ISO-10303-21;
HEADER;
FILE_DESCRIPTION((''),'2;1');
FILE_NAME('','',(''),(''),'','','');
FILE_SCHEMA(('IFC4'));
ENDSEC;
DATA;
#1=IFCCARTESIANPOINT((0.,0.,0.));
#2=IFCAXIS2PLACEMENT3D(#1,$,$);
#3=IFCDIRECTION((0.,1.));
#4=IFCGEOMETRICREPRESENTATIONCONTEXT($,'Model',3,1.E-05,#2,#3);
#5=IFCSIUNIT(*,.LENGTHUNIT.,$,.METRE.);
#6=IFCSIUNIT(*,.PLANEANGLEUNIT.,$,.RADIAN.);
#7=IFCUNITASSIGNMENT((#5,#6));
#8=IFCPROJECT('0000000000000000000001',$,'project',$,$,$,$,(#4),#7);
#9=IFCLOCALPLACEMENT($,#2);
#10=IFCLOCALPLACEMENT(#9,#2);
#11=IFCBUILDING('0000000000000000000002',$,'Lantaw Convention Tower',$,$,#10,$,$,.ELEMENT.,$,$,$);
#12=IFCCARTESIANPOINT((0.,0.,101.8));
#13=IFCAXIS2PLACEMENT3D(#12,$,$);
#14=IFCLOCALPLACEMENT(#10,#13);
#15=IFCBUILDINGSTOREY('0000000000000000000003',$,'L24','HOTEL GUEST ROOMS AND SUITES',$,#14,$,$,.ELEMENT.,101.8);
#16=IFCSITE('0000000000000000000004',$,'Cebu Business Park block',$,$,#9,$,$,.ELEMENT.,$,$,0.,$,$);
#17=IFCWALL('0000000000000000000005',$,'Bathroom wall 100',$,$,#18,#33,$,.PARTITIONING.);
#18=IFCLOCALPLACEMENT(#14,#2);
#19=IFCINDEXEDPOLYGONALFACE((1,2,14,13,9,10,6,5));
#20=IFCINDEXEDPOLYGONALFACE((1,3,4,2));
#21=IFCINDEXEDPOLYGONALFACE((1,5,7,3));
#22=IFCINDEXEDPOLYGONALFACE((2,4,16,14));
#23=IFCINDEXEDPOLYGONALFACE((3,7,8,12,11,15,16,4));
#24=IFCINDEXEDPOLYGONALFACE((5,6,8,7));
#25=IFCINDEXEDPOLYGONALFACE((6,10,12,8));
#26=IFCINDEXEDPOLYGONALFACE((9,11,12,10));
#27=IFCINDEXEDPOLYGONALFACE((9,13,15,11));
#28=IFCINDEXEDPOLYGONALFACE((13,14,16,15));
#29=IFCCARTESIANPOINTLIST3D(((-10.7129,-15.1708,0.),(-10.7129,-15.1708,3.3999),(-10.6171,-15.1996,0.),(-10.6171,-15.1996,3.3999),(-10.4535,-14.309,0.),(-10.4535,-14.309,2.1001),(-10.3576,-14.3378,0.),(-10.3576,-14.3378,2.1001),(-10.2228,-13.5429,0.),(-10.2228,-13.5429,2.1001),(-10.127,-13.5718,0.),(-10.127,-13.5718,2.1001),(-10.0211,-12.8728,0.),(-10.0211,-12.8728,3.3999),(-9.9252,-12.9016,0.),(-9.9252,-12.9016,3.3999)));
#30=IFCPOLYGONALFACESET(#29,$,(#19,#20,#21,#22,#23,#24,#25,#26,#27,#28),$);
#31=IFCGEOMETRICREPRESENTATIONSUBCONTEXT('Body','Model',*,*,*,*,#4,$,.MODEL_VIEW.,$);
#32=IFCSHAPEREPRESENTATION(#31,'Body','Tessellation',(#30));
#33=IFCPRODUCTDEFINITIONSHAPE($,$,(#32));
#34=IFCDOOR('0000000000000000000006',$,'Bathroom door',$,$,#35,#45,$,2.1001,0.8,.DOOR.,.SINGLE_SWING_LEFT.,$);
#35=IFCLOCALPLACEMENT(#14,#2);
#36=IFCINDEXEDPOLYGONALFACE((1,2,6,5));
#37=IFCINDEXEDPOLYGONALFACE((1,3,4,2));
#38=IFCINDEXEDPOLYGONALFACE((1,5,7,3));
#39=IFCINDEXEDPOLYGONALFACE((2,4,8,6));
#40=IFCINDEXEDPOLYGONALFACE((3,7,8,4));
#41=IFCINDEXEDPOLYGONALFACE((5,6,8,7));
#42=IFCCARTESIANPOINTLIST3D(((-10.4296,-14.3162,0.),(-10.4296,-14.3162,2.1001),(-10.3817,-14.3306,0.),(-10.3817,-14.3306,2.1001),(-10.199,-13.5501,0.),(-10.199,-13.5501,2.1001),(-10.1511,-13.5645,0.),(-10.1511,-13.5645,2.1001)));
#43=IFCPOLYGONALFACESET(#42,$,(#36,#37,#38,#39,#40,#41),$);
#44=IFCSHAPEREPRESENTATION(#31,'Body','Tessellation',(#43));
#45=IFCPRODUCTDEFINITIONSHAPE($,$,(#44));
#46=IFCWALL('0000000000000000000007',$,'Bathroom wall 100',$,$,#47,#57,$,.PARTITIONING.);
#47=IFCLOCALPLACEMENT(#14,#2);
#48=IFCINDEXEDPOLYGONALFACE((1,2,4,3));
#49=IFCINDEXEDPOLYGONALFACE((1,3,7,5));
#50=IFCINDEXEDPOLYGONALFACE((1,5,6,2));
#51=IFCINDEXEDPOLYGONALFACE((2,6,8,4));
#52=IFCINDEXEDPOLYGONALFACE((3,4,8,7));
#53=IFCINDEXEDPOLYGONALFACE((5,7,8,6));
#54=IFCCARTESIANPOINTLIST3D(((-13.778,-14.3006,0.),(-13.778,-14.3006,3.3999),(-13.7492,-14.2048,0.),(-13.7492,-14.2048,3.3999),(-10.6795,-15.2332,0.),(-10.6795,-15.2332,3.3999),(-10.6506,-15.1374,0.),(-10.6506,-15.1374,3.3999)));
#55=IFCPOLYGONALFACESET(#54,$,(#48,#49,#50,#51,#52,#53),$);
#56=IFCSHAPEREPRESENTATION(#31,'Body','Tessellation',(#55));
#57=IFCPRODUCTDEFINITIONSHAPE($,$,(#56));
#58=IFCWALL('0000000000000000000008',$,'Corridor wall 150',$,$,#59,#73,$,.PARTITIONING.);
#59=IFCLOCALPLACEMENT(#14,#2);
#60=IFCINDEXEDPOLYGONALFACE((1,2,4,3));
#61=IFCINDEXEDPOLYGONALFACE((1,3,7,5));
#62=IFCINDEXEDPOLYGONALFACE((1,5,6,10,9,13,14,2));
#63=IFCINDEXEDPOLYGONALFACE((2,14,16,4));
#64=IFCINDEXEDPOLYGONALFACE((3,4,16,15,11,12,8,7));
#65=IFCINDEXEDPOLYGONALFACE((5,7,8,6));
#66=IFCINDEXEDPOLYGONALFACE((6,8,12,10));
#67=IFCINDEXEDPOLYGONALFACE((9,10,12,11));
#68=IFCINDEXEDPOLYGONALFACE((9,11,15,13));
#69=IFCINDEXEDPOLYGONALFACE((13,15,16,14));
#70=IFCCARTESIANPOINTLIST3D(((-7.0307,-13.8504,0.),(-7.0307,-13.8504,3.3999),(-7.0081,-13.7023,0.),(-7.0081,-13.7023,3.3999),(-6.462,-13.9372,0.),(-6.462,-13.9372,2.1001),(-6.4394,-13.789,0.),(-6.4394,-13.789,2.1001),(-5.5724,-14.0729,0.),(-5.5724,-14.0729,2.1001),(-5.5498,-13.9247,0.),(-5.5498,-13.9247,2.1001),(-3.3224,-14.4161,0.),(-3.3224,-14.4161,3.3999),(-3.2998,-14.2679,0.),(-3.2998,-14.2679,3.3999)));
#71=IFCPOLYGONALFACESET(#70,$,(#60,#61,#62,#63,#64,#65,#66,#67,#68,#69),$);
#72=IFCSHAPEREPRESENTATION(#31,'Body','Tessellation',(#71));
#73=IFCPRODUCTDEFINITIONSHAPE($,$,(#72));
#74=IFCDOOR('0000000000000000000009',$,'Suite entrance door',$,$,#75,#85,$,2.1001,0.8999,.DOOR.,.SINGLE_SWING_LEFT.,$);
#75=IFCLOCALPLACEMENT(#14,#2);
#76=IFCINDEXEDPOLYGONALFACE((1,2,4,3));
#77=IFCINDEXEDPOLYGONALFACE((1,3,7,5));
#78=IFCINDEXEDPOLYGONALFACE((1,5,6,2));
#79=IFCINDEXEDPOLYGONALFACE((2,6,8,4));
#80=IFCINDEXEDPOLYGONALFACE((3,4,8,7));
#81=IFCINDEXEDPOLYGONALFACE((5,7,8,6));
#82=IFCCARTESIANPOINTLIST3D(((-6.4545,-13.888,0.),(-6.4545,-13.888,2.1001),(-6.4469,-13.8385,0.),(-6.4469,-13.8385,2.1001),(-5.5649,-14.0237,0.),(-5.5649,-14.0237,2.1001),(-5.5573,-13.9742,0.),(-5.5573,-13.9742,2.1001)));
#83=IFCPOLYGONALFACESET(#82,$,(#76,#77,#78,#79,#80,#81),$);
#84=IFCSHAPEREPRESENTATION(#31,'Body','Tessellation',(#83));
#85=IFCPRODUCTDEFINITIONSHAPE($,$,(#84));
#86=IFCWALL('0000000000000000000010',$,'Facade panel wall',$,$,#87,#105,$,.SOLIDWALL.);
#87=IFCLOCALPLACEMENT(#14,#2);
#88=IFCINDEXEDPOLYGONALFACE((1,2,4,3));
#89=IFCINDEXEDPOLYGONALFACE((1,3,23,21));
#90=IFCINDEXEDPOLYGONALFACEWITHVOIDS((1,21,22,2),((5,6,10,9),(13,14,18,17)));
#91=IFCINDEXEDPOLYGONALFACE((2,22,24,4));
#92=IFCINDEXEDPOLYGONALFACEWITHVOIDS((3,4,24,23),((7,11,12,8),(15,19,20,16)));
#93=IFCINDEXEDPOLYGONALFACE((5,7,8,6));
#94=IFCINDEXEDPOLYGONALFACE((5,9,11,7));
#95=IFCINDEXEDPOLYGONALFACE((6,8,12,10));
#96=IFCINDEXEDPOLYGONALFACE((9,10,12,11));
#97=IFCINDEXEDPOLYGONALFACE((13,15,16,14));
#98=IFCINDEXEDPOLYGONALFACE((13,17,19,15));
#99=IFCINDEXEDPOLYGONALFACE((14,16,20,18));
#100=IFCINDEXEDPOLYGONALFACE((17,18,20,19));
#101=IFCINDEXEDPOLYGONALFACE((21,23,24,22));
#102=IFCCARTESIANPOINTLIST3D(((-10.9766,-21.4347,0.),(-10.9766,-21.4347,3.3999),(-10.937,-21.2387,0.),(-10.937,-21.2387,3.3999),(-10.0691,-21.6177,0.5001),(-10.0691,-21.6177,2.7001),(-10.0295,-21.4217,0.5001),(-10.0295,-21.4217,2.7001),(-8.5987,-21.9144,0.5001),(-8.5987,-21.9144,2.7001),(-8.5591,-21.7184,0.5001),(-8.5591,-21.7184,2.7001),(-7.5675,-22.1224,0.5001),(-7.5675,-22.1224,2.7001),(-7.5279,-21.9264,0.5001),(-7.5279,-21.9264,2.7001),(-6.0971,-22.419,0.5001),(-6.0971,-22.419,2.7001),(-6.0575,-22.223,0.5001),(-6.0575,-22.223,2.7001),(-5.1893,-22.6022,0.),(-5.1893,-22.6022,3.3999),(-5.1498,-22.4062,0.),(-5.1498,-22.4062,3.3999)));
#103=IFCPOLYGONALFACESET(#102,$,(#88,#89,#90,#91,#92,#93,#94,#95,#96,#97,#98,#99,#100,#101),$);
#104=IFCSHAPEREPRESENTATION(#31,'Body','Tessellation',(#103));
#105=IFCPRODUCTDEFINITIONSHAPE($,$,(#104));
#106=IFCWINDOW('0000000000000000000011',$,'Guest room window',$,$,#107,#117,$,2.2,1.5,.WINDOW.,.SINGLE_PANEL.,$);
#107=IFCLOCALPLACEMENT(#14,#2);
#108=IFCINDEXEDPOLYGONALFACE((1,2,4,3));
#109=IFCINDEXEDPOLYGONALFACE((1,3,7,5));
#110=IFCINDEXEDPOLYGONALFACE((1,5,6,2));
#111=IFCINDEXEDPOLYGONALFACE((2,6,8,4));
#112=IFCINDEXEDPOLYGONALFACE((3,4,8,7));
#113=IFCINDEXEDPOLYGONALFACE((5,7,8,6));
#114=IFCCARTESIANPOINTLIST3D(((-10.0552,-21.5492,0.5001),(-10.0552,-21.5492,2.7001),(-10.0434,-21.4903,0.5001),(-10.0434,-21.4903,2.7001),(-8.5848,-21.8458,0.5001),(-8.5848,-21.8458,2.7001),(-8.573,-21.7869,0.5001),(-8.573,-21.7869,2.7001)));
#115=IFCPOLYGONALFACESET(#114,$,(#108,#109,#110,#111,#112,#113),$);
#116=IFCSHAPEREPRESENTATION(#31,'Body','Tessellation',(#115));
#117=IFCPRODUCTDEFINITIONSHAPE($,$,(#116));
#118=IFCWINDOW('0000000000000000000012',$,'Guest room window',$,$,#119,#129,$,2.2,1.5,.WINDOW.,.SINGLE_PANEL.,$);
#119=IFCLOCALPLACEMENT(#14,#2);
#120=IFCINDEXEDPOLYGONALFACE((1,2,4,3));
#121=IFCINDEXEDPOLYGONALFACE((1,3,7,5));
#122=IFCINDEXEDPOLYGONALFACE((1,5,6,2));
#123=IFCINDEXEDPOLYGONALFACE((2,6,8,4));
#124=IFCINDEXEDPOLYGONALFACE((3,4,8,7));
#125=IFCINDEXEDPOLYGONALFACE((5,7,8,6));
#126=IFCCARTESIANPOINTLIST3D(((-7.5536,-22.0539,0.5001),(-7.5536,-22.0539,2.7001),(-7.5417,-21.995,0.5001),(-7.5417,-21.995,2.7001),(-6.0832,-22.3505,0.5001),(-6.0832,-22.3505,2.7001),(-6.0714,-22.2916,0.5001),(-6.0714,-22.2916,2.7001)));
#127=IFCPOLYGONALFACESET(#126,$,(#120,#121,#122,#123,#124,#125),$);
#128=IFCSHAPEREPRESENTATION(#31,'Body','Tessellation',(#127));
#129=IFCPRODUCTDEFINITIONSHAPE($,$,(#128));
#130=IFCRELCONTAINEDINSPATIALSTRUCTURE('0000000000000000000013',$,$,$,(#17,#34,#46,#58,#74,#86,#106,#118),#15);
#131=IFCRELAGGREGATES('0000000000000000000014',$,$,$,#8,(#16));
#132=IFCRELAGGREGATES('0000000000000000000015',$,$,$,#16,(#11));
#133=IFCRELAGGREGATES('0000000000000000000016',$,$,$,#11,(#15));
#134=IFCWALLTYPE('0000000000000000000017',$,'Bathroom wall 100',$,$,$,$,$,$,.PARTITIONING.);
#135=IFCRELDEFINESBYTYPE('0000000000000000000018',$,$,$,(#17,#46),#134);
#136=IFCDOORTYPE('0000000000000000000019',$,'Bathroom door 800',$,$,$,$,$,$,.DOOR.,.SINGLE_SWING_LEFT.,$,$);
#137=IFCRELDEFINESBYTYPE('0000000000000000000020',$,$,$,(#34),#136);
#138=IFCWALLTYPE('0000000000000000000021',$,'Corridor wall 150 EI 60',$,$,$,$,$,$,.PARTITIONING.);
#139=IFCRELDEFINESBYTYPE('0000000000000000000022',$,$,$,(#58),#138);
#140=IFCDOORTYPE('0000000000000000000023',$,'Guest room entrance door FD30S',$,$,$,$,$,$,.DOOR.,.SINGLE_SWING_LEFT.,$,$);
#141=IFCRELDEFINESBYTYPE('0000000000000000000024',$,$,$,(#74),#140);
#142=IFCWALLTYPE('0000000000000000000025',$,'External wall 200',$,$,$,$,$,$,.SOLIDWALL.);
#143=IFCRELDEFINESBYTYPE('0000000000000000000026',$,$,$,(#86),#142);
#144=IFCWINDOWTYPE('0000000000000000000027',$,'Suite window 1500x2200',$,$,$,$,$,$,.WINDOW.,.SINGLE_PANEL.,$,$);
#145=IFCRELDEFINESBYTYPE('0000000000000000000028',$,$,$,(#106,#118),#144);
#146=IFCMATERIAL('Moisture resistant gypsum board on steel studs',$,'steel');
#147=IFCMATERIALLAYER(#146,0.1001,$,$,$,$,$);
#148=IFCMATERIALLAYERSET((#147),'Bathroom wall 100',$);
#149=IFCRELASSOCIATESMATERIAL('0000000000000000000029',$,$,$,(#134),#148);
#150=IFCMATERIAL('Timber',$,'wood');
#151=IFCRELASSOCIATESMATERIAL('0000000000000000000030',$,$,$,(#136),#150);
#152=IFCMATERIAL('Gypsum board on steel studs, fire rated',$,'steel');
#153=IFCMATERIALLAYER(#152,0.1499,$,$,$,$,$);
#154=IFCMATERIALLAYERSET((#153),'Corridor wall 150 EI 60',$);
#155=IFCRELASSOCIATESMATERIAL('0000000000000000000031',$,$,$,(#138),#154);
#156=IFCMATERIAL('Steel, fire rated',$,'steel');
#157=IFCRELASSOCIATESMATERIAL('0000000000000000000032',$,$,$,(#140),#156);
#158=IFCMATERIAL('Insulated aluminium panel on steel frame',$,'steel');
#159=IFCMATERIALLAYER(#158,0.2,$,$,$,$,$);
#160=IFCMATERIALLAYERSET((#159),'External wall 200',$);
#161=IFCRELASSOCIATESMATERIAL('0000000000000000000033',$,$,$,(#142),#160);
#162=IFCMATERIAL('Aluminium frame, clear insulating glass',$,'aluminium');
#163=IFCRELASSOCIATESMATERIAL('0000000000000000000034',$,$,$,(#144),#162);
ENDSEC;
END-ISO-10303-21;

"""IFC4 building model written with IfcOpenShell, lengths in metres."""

from ifc_helpers import new_model, si_unit, direction, frame, frame_2d, origin, place, context, subcontext, project, spatial, rectangle, extrude, material, layer, layer_set, type_object, element, fill, save


model = new_model("IFC4")

# Units and contexts
model_context = context("Model", 3, precision=1e-05, world=origin(), true_north=direction((0.0, 1.0)))
body_context = subcontext(model_context, "Body", "Model", "MODEL_VIEW")
ifc_project = project(units=[si_unit("LENGTHUNIT", "METRE"), si_unit("PLANEANGLEUNIT", "RADIAN")], contexts=[model_context])

# Site, building, storey
site_placement = place(None, origin())
site = spatial("IfcSite", under=ifc_project, at=site_placement, Name="Cebu Business Park block", CompositionType="ELEMENT", RefElevation=0.0)
building_placement = place(site_placement, origin())
building = spatial("IfcBuilding", under=site, at=building_placement, Name="Lantaw Convention Tower", CompositionType="ELEMENT")
storey_placement = place(building_placement, frame((0.0, 0.0, 101.8)))
storey = spatial("IfcBuildingStorey", under=building, at=storey_placement, Name="L24", Description="HOTEL GUEST ROOMS AND SUITES", CompositionType="ELEMENT", Elevation=101.8)

# Wall, opening, door
ifc_material_1 = material(Name="Moisture resistant gypsum board on steel studs", Category="steel")
ifc_layer_1 = layer(ifc_material_1, 0.1001)
ifc_layer_set_1 = layer_set([ifc_layer_1], Name="Bathroom wall 100")
wall_type_1 = type_object("IfcWallType", Name="Bathroom wall 100", PredefinedType="PARTITIONING", material=ifc_layer_set_1)
wall_1_placement = place(storey_placement, frame((-9.9731, -12.8872, 0.0), z_axis=(0.0, 0.0, 1.0), x_axis=(-0.28829, -0.957543, 0.0)))
wall_1 = element("IfcWall", 1, at=wall_1_placement, inside=storey, type_object=wall_type_1, Name="Bathroom wall 100", PredefinedType="PARTITIONING", context=body_context, shape_type="SweptSolid", body=[
    extrude(rectangle(XDim=2.3999, YDim=0.1001, at=frame_2d((1.2, 0.0))), origin(), (0.0, 0.0, 1.0), 3.3999),
])
opening_1_placement = place(wall_1_placement, frame((0.7, 0.0, 0.0)))
opening_1 = element("IfcOpeningElement", 2, at=opening_1_placement, cuts=wall_1, PredefinedType="OPENING", context=body_context, shape_type="SweptSolid", body=[
    extrude(rectangle(XDim=0.8, YDim=2.1001, at=frame_2d((0.3999, 1.05))), frame((0.0, 0.0601, 0.0), z_axis=(0.0, -1.0, 0.0), x_axis=(1.0, 0.0, 0.0)), (0.0, 0.0, 1.0), 0.1201),
])
ifc_material_2 = material(Name="Timber", Category="wood")
door_type_1 = type_object("IfcDoorType", Name="Bathroom door 800", OperationType="SINGLE_SWING_LEFT", PredefinedType="DOOR", material=ifc_material_2)
door_1_placement = place(opening_1_placement, origin())
door_1 = element("IfcDoor", 3, at=door_1_placement, inside=storey, type_object=door_type_1, Name="Bathroom door", OperationType="SINGLE_SWING_LEFT", OverallHeight=2.1001, OverallWidth=0.8, PredefinedType="DOOR", context=body_context, shape_type="SweptSolid", body=[
    extrude(rectangle(XDim=0.8, YDim=2.1001, at=frame_2d((0.3999, 1.05))), frame((0.0, 0.0249, 0.0), z_axis=(0.0, -1.0, 0.0), x_axis=(1.0, 0.0, 0.0)), (0.0, 0.0, 1.0), 0.05),
])
fill(opening_1, door_1)

# Wall
wall_2_placement = place(storey_placement, frame((-10.665, -15.1853, 0.0), z_axis=(0.0, 0.0, 1.0), x_axis=(-0.957568, 0.288206, 0.0)))
element("IfcWall", 4, at=wall_2_placement, inside=storey, type_object=wall_type_1, Name="Bathroom wall 100", PredefinedType="PARTITIONING", context=body_context, shape_type="SweptSolid", body=[
    extrude(rectangle(XDim=3.2358, YDim=0.1001, at=frame_2d((1.6179, 0.0))), origin(), (0.0, 0.0, 1.0), 3.3999),
])

# Wall, opening, door
ifc_material_3 = material(Name="Gypsum board on steel studs, fire rated", Category="steel")
ifc_layer_2 = layer(ifc_material_3, 0.1499)
ifc_layer_set_2 = layer_set([ifc_layer_2], Name="Corridor wall 150 EI 60")
wall_type_2 = type_object("IfcWallType", Name="Corridor wall 150 EI 60", PredefinedType="PARTITIONING", material=ifc_layer_set_2)
wall_3_placement = place(storey_placement, frame((-7.0193, -13.7764, 0.0), z_axis=(0.0, 0.0, 1.0), x_axis=(0.988564, -0.1508, 0.0)))
wall_3 = element("IfcWall", 5, at=wall_3_placement, inside=storey, type_object=wall_type_2, Name="Corridor wall 150", PredefinedType="PARTITIONING", context=body_context, shape_type="SweptSolid", body=[
    extrude(rectangle(XDim=3.7512, YDim=0.1499, at=frame_2d((1.8755, 0.0))), origin(), (0.0, 0.0, 1.0), 3.3999),
])
opening_2_placement = place(wall_3_placement, frame((0.5752, 0.0, 0.0)))
opening_2 = element("IfcOpeningElement", 6, at=opening_2_placement, cuts=wall_3, PredefinedType="OPENING", context=body_context, shape_type="SweptSolid", body=[
    extrude(rectangle(XDim=0.8999, YDim=2.1001, at=frame_2d((0.45, 1.05))), frame((0.0, 0.085, 0.0), z_axis=(0.0, -1.0, 0.0), x_axis=(1.0, 0.0, 0.0)), (0.0, 0.0, 1.0), 0.1699),
])
ifc_material_4 = material(Name="Steel, fire rated", Category="steel")
door_type_2 = type_object("IfcDoorType", Name="Guest room entrance door FD30S", OperationType="SINGLE_SWING_LEFT", PredefinedType="DOOR", material=ifc_material_4)
door_2_placement = place(opening_2_placement, origin())
door_2 = element("IfcDoor", 7, at=door_2_placement, inside=storey, type_object=door_type_2, Name="Suite entrance door", OperationType="SINGLE_SWING_LEFT", OverallHeight=2.1001, OverallWidth=0.8999, PredefinedType="DOOR", context=body_context, shape_type="SweptSolid", body=[
    extrude(rectangle(XDim=0.8999, YDim=2.1001, at=frame_2d((0.45, 1.05))), frame((0.0, 0.0249, 0.0), z_axis=(0.0, -1.0, 0.0), x_axis=(1.0, 0.0, 0.0)), (0.0, 0.0, 1.0), 0.05),
])
fill(opening_2, door_2)

# Wall, openings, windows
ifc_material_5 = material(Name="Insulated aluminium panel on steel frame", Category="steel")
ifc_layer_3 = layer(ifc_material_5, 0.2)
ifc_layer_set_3 = layer_set([ifc_layer_3], Name="External wall 200")
wall_type_3 = type_object("IfcWallType", Name="External wall 200", PredefinedType="SOLIDWALL", material=ifc_layer_set_3)
wall_4_placement = place(storey_placement, frame((-10.9568, -21.3367, 0.0), z_axis=(0.0, 0.0, 1.0), x_axis=(0.980252, -0.197754, 0.0)))
wall_4 = element("IfcWall", 8, at=wall_4_placement, inside=storey, type_object=wall_type_3, Name="Facade panel wall", PredefinedType="SOLIDWALL", context=body_context, shape_type="SweptSolid", body=[
    extrude(rectangle(XDim=5.9038, YDim=0.2, at=frame_2d((2.9519, 0.0))), origin(), (0.0, 0.0, 1.0), 3.3999),
])
opening_3_placement = place(wall_4_placement, frame((0.9258, 0.0, 0.5)))
opening_3 = element("IfcOpeningElement", 9, at=opening_3_placement, cuts=wall_4, PredefinedType="OPENING", context=body_context, shape_type="SweptSolid", body=[
    extrude(rectangle(XDim=1.5, YDim=2.2, at=frame_2d((0.75, 1.1001))), frame((0.0, 0.1099, 0.0), z_axis=(0.0, -1.0, 0.0), x_axis=(1.0, 0.0, 0.0)), (0.0, 0.0, 1.0), 0.22),
])
opening_4_placement = place(wall_4_placement, frame((3.4778, 0.0, 0.5)))
opening_4 = element("IfcOpeningElement", 10, at=opening_4_placement, cuts=wall_4, PredefinedType="OPENING", context=body_context, shape_type="SweptSolid", body=[
    extrude(rectangle(XDim=1.5, YDim=2.2, at=frame_2d((0.75, 1.1001))), frame((0.0, 0.1099, 0.0), z_axis=(0.0, -1.0, 0.0), x_axis=(1.0, 0.0, 0.0)), (0.0, 0.0, 1.0), 0.22),
])
ifc_material_6 = material(Name="Aluminium frame, clear insulating glass", Category="aluminium")
window_type = type_object("IfcWindowType", Name="Suite window 1500x2200", PartitioningType="SINGLE_PANEL", PredefinedType="WINDOW", material=ifc_material_6)
window_1_placement = place(opening_3_placement, origin())
window_1 = element("IfcWindow", 11, at=window_1_placement, inside=storey, type_object=window_type, Name="Guest room window", OverallHeight=2.2, OverallWidth=1.5, PartitioningType="SINGLE_PANEL", PredefinedType="WINDOW", context=body_context, shape_type="SweptSolid", body=[
    extrude(rectangle(XDim=1.5, YDim=2.2, at=frame_2d((0.75, 1.1001))), frame((0.0, 0.03, 0.0), z_axis=(0.0, -1.0, 0.0), x_axis=(1.0, 0.0, 0.0)), (0.0, 0.0, 1.0), 0.0601),
])
fill(opening_3, window_1)
window_2_placement = place(opening_4_placement, origin())
window_2 = element("IfcWindow", 12, at=window_2_placement, inside=storey, type_object=window_type, Name="Guest room window", OverallHeight=2.2, OverallWidth=1.5, PartitioningType="SINGLE_PANEL", PredefinedType="WINDOW", context=body_context, shape_type="SweptSolid", body=[
    extrude(rectangle(XDim=1.5, YDim=2.2, at=frame_2d((0.75, 1.1001))), frame((0.0, 0.03, 0.0), z_axis=(0.0, -1.0, 0.0), x_axis=(1.0, 0.0, 0.0)), (0.0, 0.0, 1.0), 0.0601),
])
fill(opening_4, window_2)

save(model, "model.ifc")
